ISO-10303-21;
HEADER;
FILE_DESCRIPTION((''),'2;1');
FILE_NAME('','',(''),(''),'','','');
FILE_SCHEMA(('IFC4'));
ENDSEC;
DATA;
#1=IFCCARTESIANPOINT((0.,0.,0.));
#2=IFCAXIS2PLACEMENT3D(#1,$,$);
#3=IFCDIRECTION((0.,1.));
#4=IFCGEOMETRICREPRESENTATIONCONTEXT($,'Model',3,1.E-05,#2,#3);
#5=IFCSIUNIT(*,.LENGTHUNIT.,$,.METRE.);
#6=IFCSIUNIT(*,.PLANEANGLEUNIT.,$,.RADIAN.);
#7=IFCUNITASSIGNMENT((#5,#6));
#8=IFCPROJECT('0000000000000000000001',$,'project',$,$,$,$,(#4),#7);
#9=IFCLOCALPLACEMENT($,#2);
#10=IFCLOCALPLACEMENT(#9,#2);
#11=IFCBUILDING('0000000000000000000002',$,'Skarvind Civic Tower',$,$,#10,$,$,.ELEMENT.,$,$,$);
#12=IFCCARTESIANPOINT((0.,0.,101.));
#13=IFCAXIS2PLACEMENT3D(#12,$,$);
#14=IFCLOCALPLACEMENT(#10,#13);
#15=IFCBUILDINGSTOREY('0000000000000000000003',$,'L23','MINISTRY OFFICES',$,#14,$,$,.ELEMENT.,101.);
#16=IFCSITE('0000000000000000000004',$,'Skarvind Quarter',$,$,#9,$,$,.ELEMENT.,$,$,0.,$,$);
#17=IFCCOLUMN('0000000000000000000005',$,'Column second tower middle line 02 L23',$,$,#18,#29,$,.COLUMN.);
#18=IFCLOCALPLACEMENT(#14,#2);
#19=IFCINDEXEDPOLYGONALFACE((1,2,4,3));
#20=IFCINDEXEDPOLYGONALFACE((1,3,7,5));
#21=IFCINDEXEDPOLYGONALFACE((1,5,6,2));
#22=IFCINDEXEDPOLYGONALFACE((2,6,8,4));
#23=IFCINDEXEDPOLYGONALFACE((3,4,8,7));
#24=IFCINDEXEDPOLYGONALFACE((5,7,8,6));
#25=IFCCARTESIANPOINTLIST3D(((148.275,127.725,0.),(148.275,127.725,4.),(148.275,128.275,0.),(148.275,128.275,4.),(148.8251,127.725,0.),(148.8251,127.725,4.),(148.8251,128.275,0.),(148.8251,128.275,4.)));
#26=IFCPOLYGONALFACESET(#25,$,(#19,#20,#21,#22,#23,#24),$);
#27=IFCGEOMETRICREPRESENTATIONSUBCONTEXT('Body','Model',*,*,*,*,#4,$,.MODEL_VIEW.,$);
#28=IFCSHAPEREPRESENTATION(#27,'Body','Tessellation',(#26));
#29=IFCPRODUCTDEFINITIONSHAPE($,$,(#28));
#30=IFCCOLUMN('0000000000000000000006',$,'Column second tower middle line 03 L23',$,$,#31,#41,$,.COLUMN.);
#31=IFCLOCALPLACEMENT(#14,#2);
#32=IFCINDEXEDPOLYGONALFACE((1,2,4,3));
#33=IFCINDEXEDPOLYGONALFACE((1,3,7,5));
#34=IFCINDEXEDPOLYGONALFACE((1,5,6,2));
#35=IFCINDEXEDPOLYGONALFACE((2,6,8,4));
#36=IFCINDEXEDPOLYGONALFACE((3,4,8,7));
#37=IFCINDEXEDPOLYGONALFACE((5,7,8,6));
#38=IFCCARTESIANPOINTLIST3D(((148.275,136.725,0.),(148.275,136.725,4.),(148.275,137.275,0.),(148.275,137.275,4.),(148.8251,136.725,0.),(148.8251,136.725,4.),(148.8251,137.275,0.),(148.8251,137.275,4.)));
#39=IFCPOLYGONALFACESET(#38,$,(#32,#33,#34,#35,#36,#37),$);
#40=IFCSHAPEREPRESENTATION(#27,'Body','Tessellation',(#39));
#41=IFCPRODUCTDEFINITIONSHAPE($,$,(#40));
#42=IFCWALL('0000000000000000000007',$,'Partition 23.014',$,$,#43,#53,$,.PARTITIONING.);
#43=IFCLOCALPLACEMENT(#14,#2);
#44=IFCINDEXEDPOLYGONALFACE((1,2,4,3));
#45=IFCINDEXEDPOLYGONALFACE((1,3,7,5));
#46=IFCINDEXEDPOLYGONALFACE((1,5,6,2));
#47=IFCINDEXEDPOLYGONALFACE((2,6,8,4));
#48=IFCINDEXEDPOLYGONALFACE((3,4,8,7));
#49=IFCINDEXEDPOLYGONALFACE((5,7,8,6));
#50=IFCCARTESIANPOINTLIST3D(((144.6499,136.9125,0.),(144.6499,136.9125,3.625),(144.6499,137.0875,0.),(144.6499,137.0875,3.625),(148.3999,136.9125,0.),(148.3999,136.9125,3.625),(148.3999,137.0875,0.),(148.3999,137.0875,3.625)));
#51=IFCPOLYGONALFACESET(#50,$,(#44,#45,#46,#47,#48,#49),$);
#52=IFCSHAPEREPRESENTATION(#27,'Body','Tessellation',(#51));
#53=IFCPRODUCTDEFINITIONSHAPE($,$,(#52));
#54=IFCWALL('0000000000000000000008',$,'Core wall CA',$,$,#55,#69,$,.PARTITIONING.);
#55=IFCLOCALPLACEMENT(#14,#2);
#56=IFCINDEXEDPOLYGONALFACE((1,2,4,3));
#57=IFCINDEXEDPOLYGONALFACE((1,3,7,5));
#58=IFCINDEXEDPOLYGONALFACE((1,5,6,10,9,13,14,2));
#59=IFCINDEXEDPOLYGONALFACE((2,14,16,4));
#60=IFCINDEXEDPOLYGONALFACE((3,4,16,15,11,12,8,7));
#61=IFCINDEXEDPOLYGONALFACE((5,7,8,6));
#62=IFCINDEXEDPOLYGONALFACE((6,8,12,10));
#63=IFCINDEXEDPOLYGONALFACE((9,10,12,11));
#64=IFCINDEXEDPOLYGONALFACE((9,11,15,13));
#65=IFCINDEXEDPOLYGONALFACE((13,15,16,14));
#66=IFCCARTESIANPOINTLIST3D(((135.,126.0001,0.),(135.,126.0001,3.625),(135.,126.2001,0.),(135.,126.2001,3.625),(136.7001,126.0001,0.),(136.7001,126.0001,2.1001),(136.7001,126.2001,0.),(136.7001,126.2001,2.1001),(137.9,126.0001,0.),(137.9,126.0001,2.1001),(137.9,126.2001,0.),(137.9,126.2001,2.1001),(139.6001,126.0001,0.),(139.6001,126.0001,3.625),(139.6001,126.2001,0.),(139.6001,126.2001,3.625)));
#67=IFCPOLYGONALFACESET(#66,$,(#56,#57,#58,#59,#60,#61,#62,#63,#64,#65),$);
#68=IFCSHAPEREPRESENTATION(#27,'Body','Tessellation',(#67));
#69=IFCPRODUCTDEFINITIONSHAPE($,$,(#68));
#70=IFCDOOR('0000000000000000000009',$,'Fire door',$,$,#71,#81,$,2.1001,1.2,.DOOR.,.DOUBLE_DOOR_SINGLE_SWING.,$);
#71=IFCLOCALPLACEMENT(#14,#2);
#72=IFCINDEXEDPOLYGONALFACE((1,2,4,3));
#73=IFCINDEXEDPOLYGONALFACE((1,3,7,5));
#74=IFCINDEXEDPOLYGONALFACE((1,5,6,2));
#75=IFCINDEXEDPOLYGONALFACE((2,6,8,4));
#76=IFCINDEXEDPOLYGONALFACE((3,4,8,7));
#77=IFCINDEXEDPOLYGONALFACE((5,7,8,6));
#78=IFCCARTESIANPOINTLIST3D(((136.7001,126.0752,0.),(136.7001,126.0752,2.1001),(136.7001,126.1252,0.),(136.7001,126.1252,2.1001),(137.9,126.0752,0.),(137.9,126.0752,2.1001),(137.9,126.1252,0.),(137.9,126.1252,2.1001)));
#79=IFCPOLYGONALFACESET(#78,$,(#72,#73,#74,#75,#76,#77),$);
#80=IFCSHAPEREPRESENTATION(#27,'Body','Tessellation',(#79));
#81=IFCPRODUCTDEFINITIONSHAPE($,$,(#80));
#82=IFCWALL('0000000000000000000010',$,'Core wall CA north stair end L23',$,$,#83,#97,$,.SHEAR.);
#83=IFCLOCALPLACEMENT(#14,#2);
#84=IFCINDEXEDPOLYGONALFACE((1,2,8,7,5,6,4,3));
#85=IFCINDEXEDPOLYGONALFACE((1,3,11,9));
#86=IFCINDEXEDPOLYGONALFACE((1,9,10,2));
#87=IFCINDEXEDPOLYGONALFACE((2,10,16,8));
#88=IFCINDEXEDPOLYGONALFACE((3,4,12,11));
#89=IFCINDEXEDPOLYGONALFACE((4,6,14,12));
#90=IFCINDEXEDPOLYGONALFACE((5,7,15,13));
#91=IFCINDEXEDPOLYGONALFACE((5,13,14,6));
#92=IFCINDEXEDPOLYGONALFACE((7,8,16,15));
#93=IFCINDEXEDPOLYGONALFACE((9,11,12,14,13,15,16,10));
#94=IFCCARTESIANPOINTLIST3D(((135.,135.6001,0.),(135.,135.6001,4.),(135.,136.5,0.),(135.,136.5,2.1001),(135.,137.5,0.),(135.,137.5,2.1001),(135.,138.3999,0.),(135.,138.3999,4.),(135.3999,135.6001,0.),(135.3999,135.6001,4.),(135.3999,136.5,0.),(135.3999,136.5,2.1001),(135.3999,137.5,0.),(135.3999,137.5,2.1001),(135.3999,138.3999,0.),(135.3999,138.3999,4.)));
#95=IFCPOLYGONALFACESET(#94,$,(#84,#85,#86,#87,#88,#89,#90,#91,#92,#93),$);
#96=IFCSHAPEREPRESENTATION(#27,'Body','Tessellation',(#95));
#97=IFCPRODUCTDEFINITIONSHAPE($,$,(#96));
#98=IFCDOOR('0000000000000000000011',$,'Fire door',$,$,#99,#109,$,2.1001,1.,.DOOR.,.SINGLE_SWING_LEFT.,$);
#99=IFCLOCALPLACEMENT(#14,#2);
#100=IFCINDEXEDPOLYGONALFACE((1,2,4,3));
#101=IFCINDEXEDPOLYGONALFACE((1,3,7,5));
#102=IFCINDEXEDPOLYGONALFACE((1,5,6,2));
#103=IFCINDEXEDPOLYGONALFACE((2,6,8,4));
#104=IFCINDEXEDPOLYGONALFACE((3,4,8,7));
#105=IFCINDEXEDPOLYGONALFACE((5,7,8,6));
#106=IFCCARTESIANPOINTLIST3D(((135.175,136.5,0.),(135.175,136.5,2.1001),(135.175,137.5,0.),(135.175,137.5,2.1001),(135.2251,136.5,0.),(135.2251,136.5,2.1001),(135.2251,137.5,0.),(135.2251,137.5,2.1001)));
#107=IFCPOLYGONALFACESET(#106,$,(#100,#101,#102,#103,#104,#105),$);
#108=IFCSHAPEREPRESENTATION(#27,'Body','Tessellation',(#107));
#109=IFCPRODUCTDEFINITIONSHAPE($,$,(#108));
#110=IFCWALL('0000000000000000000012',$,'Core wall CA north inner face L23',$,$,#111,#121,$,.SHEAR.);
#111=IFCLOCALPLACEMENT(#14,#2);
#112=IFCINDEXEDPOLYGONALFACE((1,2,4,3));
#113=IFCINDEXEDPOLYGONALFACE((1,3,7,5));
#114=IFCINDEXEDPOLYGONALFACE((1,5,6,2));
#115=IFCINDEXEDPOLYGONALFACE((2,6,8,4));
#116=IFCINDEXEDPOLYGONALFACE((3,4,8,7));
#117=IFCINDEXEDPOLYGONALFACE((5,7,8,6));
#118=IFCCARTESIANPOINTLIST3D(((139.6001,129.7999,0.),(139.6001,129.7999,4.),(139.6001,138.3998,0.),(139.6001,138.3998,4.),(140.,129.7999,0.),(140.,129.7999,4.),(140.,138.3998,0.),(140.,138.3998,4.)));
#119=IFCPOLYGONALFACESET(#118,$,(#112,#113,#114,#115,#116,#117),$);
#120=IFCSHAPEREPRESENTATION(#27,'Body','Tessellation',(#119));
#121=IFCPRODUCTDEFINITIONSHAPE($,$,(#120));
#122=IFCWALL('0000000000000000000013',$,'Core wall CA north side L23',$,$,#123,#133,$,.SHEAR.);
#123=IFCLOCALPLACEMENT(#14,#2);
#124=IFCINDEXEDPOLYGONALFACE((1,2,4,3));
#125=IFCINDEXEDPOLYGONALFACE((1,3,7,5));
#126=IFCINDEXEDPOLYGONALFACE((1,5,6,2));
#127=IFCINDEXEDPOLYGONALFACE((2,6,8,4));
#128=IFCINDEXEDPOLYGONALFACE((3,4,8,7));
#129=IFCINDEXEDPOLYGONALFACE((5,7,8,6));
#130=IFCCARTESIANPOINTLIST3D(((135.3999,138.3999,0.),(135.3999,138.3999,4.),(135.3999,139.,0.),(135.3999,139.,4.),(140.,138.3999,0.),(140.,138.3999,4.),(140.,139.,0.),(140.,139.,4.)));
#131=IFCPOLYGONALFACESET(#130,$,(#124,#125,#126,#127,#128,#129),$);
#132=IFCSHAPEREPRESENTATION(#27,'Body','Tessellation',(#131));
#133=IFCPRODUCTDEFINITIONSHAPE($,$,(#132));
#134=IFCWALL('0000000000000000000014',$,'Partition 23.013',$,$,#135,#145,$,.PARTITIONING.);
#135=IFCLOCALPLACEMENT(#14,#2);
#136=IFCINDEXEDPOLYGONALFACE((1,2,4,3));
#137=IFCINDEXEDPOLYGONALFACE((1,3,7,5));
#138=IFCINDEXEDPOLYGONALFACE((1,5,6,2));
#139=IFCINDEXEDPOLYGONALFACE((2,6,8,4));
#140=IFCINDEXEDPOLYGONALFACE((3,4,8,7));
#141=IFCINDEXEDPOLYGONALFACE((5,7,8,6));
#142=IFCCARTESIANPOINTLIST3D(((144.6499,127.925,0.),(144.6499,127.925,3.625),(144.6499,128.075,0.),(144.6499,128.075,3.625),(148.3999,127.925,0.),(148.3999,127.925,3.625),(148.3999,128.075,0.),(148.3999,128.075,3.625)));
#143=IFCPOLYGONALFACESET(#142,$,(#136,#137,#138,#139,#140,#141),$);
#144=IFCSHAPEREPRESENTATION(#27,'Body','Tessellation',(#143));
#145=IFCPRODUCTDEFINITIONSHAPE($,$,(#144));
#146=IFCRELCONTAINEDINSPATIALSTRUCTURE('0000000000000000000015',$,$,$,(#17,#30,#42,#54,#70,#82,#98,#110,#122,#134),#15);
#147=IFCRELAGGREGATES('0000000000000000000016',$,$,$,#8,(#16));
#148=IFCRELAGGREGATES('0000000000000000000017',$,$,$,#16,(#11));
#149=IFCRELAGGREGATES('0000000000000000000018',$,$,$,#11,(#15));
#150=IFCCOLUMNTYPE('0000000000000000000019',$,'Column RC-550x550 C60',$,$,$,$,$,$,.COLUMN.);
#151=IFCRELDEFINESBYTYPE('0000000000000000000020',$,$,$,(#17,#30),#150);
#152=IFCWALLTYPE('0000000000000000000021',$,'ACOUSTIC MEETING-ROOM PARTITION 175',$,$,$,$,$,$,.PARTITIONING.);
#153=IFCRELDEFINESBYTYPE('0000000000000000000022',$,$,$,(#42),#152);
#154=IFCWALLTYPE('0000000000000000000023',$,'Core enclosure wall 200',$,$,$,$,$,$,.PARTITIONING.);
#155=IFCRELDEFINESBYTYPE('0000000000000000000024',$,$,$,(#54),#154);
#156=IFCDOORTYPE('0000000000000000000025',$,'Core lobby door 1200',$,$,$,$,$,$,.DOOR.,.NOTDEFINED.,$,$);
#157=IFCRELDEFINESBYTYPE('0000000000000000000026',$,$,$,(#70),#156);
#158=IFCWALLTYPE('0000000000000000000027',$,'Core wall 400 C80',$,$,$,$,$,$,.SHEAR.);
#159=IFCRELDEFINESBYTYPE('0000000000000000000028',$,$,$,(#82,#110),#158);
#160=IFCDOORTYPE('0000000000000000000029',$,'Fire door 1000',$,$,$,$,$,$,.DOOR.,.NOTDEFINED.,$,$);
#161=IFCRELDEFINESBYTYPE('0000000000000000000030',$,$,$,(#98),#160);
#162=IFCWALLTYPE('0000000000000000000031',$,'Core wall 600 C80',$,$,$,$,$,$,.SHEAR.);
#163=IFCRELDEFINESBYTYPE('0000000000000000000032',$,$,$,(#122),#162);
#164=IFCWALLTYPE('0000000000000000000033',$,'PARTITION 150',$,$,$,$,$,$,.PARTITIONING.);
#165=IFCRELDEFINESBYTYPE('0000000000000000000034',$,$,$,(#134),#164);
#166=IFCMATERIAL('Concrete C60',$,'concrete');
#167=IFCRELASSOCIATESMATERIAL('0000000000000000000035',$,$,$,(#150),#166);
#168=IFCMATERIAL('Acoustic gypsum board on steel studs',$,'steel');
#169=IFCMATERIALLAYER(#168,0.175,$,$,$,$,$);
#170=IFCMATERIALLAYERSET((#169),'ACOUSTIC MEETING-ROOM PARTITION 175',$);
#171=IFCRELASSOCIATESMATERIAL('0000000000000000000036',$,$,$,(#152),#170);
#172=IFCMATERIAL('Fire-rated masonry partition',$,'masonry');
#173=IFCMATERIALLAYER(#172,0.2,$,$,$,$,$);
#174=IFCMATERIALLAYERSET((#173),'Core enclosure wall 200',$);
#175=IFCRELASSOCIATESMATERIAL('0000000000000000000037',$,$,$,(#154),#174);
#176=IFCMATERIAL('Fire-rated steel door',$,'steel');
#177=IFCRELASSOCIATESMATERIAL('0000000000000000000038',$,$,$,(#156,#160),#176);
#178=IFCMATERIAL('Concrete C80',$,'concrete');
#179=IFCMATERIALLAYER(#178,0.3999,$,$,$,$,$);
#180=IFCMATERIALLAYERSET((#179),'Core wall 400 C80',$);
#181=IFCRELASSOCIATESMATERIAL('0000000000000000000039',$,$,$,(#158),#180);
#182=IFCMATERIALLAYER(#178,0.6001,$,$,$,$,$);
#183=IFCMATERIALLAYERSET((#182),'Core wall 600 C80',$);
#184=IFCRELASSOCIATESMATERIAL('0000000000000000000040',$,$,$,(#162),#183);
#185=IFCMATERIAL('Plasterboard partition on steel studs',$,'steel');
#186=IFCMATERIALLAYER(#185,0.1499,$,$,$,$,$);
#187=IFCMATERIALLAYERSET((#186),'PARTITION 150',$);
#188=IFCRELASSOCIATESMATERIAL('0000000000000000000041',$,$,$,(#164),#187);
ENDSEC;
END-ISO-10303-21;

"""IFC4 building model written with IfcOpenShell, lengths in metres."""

from ifc_helpers import new_model, si_unit, direction, frame, frame_2d, origin, origin_2d, place, context, subcontext, project, spatial, rectangle, extrude, material, layer, layer_set, material_profile, profile_set, type_object, element, fill, save


model = new_model("IFC4")

# Units and contexts
model_context = context("Model", 3, precision=1e-05, world=origin(), true_north=direction((0.0, 1.0)))
body_context = subcontext(model_context, "Body", "Model", "MODEL_VIEW")
ifc_project = project(units=[si_unit("LENGTHUNIT", "METRE"), si_unit("PLANEANGLEUNIT", "RADIAN")], contexts=[model_context])

# Site, building, storey
site_placement = place(None, origin())
site = spatial("IfcSite", under=ifc_project, at=site_placement, Name="Skarvind Quarter", CompositionType="ELEMENT", RefElevation=0.0)
building_placement = place(site_placement, origin())
building = spatial("IfcBuilding", under=site, at=building_placement, Name="Skarvind Civic Tower", CompositionType="ELEMENT")
storey_placement = place(building_placement, frame((0.0, 0.0, 101.0)))
storey = spatial("IfcBuildingStorey", under=building, at=storey_placement, Name="L23", Description="MINISTRY OFFICES", CompositionType="ELEMENT", Elevation=101.0)

# Columns
ifc_material_1 = material(Name="Concrete C60", Category="concrete")
ifc_material_profile = material_profile(ifc_material_1, rectangle(XDim=0.55, YDim=0.55, at=origin_2d()), Name="RC-550x550")
ifc_profile_set = profile_set([ifc_material_profile], Name="Concrete C60")
column_type = type_object("IfcColumnType", Name="Column RC-550x550 C60", PredefinedType="COLUMN", material=ifc_profile_set)
for number, where, z_axis, x_axis, name in (
    (1, (148.55, 128.0, 0.0), (0.0, 0.0, 1.0), (1.0, 0.0, 0.0), "Column second tower middle line 02 L23"),
    (2, (148.55, 137.0, 0.0), (0.0, 0.0, 1.0), (1.0, 0.0, 0.0), "Column second tower middle line 03 L23"),
):
    element("IfcColumn", number, at=place(storey_placement, frame(where, z_axis=z_axis, x_axis=x_axis)), inside=storey, type_object=column_type, Name=name, PredefinedType="COLUMN", context=body_context, shape_type="SweptSolid", body=[
        extrude(rectangle(XDim=0.55, YDim=0.55, at=origin_2d()), origin(), (0.0, 0.0, 1.0), 4.0),
    ])

# Wall
ifc_material_2 = material(Name="Acoustic gypsum board on steel studs", Category="steel")
ifc_layer_1 = layer(ifc_material_2, 0.175)
ifc_layer_set_1 = layer_set([ifc_layer_1], Name="ACOUSTIC MEETING-ROOM PARTITION 175")
wall_type_1 = type_object("IfcWallType", Name="ACOUSTIC MEETING-ROOM PARTITION 175", PredefinedType="PARTITIONING", material=ifc_layer_set_1)
wall_1_placement = place(storey_placement, frame((144.6499, 137.0, 0.0), z_axis=(0.0, 0.0, 1.0), x_axis=(1.0, 0.0, 0.0)))
element("IfcWall", 3, at=wall_1_placement, inside=storey, type_object=wall_type_1, Name="Partition 23.014", PredefinedType="PARTITIONING", context=body_context, shape_type="SweptSolid", body=[
    extrude(rectangle(XDim=3.75, YDim=0.175, at=frame_2d((1.875, 0.0))), origin(), (0.0, 0.0, 1.0), 3.625),
])

# Walls, openings, doors
ifc_material_3 = material(Name="Fire-rated masonry partition", Category="masonry")
ifc_layer_2 = layer(ifc_material_3, 0.2)
ifc_layer_set_2 = layer_set([ifc_layer_2], Name="Core enclosure wall 200")
wall_type_2 = type_object("IfcWallType", Name="Core enclosure wall 200", PredefinedType="PARTITIONING", material=ifc_layer_set_2)
wall_2_placement = place(storey_placement, frame((139.6001, 126.1001, 0.0), z_axis=(0.0, 0.0, 1.0), x_axis=(-1.0, 0.0, 0.0)))
wall_2 = element("IfcWall", 4, at=wall_2_placement, inside=storey, type_object=wall_type_2, Name="Core wall CA", PredefinedType="PARTITIONING", context=body_context, shape_type="SweptSolid", body=[
    extrude(rectangle(XDim=4.6001, YDim=0.2, at=frame_2d((2.3, 0.0))), origin(), (0.0, 0.0, 1.0), 3.625),
])
opening_1_placement = place(wall_2_placement, frame((1.7, 0.0, 0.0)))
opening_1 = element("IfcOpeningElement", 5, at=opening_1_placement, cuts=wall_2, PredefinedType="OPENING", context=body_context, shape_type="SweptSolid", body=[
    extrude(rectangle(XDim=1.2, YDim=2.1001, at=frame_2d((0.6001, 1.05))), frame((0.0, 0.1099, 0.0), z_axis=(0.0, -1.0, 0.0), x_axis=(1.0, 0.0, 0.0)), (0.0, 0.0, 1.0), 0.22),
])
ifc_material_4 = material(Name="Fire-rated steel door", Category="steel")
door_type_1 = type_object("IfcDoorType", Name="Core lobby door 1200", OperationType="NOTDEFINED", PredefinedType="DOOR", material=ifc_material_4)
door_1_placement = place(opening_1_placement, origin())
door_1 = element("IfcDoor", 6, at=door_1_placement, inside=storey, type_object=door_type_1, Name="Fire door", OperationType="DOUBLE_DOOR_SINGLE_SWING", OverallHeight=2.1001, OverallWidth=1.2, PredefinedType="DOOR", context=body_context, shape_type="SweptSolid", body=[
    extrude(rectangle(XDim=1.2, YDim=2.1001, at=frame_2d((0.6001, 1.05))), frame((0.0, 0.0249, 0.0), z_axis=(0.0, -1.0, 0.0), x_axis=(1.0, 0.0, 0.0)), (0.0, 0.0, 1.0), 0.05),
])
fill(opening_1, door_1)
ifc_material_5 = material(Name="Concrete C80", Category="concrete")
ifc_layer_3 = layer(ifc_material_5, 0.3999)
ifc_layer_set_3 = layer_set([ifc_layer_3], Name="Core wall 400 C80")
wall_type_3 = type_object("IfcWallType", Name="Core wall 400 C80", PredefinedType="SHEAR", material=ifc_layer_set_3)
wall_3_placement = place(storey_placement, frame((135.2, 135.6001, 0.0), z_axis=(0.0, 0.0, 1.0), x_axis=(0.0, 1.0, 0.0)))
wall_3 = element("IfcWall", 7, at=wall_3_placement, inside=storey, type_object=wall_type_3, Name="Core wall CA north stair end L23", PredefinedType="SHEAR", context=body_context, shape_type="SweptSolid", body=[
    extrude(rectangle(XDim=2.7998, YDim=0.3999, at=frame_2d((1.3999, 0.0))), origin(), (0.0, 0.0, 1.0), 4.0),
])
opening_2_placement = place(wall_3_placement, frame((0.8999, 0.0, 0.0)))
opening_2 = element("IfcOpeningElement", 8, at=opening_2_placement, cuts=wall_3, PredefinedType="OPENING", context=body_context, shape_type="SweptSolid", body=[
    extrude(rectangle(XDim=1.0, YDim=2.1001, at=frame_2d((0.5, 1.05))), frame((0.0, 0.21, 0.0), z_axis=(0.0, -1.0, 0.0), x_axis=(1.0, 0.0, 0.0)), (0.0, 0.0, 1.0), 0.4199),
])
door_type_2 = type_object("IfcDoorType", Name="Fire door 1000", OperationType="NOTDEFINED", PredefinedType="DOOR", material=ifc_material_4)
door_2_placement = place(opening_2_placement, origin())
door_2 = element("IfcDoor", 9, at=door_2_placement, inside=storey, type_object=door_type_2, Name="Fire door", OperationType="SINGLE_SWING_LEFT", OverallHeight=2.1001, OverallWidth=1.0, PredefinedType="DOOR", context=body_context, shape_type="SweptSolid", body=[
    extrude(rectangle(XDim=1.0, YDim=2.1001, at=frame_2d((0.5, 1.05))), frame((0.0, 0.0249, 0.0), z_axis=(0.0, -1.0, 0.0), x_axis=(1.0, 0.0, 0.0)), (0.0, 0.0, 1.0), 0.05),
])
fill(opening_2, door_2)

# Walls
wall_4_placement = place(storey_placement, frame((139.8, 129.8, 0.0), z_axis=(0.0, 0.0, 1.0), x_axis=(0.0, 1.0, 0.0)))
element("IfcWall", 10, at=wall_4_placement, inside=storey, type_object=wall_type_3, Name="Core wall CA north inner face L23", PredefinedType="SHEAR", context=body_context, shape_type="SweptSolid", body=[
    extrude(rectangle(XDim=8.5999, YDim=0.3999, at=frame_2d((4.2998, 0.0))), origin(), (0.0, 0.0, 1.0), 4.0),
])
ifc_layer_4 = layer(ifc_material_5, 0.6001)
ifc_layer_set_4 = layer_set([ifc_layer_4], Name="Core wall 600 C80")
wall_type_4 = type_object("IfcWallType", Name="Core wall 600 C80", PredefinedType="SHEAR", material=ifc_layer_set_4)
wall_5_placement = place(storey_placement, frame((135.3999, 138.7, 0.0), z_axis=(0.0, 0.0, 1.0), x_axis=(1.0, 0.0, 0.0)))
element("IfcWall", 11, at=wall_5_placement, inside=storey, type_object=wall_type_4, Name="Core wall CA north side L23", PredefinedType="SHEAR", context=body_context, shape_type="SweptSolid", body=[
    extrude(rectangle(XDim=4.6001, YDim=0.6001, at=frame_2d((2.3, 0.0))), origin(), (0.0, 0.0, 1.0), 4.0),
])
ifc_material_6 = material(Name="Plasterboard partition on steel studs", Category="steel")
ifc_layer_5 = layer(ifc_material_6, 0.1499)
ifc_layer_set_5 = layer_set([ifc_layer_5], Name="PARTITION 150")
wall_type_5 = type_object("IfcWallType", Name="PARTITION 150", PredefinedType="PARTITIONING", material=ifc_layer_set_5)
wall_6_placement = place(storey_placement, frame((144.6499, 128.0, 0.0), z_axis=(0.0, 0.0, 1.0), x_axis=(1.0, 0.0, 0.0)))
element("IfcWall", 12, at=wall_6_placement, inside=storey, type_object=wall_type_5, Name="Partition 23.013", PredefinedType="PARTITIONING", context=body_context, shape_type="SweptSolid", body=[
    extrude(rectangle(XDim=3.75, YDim=0.1499, at=frame_2d((1.875, 0.0))), origin(), (0.0, 0.0, 1.0), 3.625),
])

save(model, "model.ifc")
